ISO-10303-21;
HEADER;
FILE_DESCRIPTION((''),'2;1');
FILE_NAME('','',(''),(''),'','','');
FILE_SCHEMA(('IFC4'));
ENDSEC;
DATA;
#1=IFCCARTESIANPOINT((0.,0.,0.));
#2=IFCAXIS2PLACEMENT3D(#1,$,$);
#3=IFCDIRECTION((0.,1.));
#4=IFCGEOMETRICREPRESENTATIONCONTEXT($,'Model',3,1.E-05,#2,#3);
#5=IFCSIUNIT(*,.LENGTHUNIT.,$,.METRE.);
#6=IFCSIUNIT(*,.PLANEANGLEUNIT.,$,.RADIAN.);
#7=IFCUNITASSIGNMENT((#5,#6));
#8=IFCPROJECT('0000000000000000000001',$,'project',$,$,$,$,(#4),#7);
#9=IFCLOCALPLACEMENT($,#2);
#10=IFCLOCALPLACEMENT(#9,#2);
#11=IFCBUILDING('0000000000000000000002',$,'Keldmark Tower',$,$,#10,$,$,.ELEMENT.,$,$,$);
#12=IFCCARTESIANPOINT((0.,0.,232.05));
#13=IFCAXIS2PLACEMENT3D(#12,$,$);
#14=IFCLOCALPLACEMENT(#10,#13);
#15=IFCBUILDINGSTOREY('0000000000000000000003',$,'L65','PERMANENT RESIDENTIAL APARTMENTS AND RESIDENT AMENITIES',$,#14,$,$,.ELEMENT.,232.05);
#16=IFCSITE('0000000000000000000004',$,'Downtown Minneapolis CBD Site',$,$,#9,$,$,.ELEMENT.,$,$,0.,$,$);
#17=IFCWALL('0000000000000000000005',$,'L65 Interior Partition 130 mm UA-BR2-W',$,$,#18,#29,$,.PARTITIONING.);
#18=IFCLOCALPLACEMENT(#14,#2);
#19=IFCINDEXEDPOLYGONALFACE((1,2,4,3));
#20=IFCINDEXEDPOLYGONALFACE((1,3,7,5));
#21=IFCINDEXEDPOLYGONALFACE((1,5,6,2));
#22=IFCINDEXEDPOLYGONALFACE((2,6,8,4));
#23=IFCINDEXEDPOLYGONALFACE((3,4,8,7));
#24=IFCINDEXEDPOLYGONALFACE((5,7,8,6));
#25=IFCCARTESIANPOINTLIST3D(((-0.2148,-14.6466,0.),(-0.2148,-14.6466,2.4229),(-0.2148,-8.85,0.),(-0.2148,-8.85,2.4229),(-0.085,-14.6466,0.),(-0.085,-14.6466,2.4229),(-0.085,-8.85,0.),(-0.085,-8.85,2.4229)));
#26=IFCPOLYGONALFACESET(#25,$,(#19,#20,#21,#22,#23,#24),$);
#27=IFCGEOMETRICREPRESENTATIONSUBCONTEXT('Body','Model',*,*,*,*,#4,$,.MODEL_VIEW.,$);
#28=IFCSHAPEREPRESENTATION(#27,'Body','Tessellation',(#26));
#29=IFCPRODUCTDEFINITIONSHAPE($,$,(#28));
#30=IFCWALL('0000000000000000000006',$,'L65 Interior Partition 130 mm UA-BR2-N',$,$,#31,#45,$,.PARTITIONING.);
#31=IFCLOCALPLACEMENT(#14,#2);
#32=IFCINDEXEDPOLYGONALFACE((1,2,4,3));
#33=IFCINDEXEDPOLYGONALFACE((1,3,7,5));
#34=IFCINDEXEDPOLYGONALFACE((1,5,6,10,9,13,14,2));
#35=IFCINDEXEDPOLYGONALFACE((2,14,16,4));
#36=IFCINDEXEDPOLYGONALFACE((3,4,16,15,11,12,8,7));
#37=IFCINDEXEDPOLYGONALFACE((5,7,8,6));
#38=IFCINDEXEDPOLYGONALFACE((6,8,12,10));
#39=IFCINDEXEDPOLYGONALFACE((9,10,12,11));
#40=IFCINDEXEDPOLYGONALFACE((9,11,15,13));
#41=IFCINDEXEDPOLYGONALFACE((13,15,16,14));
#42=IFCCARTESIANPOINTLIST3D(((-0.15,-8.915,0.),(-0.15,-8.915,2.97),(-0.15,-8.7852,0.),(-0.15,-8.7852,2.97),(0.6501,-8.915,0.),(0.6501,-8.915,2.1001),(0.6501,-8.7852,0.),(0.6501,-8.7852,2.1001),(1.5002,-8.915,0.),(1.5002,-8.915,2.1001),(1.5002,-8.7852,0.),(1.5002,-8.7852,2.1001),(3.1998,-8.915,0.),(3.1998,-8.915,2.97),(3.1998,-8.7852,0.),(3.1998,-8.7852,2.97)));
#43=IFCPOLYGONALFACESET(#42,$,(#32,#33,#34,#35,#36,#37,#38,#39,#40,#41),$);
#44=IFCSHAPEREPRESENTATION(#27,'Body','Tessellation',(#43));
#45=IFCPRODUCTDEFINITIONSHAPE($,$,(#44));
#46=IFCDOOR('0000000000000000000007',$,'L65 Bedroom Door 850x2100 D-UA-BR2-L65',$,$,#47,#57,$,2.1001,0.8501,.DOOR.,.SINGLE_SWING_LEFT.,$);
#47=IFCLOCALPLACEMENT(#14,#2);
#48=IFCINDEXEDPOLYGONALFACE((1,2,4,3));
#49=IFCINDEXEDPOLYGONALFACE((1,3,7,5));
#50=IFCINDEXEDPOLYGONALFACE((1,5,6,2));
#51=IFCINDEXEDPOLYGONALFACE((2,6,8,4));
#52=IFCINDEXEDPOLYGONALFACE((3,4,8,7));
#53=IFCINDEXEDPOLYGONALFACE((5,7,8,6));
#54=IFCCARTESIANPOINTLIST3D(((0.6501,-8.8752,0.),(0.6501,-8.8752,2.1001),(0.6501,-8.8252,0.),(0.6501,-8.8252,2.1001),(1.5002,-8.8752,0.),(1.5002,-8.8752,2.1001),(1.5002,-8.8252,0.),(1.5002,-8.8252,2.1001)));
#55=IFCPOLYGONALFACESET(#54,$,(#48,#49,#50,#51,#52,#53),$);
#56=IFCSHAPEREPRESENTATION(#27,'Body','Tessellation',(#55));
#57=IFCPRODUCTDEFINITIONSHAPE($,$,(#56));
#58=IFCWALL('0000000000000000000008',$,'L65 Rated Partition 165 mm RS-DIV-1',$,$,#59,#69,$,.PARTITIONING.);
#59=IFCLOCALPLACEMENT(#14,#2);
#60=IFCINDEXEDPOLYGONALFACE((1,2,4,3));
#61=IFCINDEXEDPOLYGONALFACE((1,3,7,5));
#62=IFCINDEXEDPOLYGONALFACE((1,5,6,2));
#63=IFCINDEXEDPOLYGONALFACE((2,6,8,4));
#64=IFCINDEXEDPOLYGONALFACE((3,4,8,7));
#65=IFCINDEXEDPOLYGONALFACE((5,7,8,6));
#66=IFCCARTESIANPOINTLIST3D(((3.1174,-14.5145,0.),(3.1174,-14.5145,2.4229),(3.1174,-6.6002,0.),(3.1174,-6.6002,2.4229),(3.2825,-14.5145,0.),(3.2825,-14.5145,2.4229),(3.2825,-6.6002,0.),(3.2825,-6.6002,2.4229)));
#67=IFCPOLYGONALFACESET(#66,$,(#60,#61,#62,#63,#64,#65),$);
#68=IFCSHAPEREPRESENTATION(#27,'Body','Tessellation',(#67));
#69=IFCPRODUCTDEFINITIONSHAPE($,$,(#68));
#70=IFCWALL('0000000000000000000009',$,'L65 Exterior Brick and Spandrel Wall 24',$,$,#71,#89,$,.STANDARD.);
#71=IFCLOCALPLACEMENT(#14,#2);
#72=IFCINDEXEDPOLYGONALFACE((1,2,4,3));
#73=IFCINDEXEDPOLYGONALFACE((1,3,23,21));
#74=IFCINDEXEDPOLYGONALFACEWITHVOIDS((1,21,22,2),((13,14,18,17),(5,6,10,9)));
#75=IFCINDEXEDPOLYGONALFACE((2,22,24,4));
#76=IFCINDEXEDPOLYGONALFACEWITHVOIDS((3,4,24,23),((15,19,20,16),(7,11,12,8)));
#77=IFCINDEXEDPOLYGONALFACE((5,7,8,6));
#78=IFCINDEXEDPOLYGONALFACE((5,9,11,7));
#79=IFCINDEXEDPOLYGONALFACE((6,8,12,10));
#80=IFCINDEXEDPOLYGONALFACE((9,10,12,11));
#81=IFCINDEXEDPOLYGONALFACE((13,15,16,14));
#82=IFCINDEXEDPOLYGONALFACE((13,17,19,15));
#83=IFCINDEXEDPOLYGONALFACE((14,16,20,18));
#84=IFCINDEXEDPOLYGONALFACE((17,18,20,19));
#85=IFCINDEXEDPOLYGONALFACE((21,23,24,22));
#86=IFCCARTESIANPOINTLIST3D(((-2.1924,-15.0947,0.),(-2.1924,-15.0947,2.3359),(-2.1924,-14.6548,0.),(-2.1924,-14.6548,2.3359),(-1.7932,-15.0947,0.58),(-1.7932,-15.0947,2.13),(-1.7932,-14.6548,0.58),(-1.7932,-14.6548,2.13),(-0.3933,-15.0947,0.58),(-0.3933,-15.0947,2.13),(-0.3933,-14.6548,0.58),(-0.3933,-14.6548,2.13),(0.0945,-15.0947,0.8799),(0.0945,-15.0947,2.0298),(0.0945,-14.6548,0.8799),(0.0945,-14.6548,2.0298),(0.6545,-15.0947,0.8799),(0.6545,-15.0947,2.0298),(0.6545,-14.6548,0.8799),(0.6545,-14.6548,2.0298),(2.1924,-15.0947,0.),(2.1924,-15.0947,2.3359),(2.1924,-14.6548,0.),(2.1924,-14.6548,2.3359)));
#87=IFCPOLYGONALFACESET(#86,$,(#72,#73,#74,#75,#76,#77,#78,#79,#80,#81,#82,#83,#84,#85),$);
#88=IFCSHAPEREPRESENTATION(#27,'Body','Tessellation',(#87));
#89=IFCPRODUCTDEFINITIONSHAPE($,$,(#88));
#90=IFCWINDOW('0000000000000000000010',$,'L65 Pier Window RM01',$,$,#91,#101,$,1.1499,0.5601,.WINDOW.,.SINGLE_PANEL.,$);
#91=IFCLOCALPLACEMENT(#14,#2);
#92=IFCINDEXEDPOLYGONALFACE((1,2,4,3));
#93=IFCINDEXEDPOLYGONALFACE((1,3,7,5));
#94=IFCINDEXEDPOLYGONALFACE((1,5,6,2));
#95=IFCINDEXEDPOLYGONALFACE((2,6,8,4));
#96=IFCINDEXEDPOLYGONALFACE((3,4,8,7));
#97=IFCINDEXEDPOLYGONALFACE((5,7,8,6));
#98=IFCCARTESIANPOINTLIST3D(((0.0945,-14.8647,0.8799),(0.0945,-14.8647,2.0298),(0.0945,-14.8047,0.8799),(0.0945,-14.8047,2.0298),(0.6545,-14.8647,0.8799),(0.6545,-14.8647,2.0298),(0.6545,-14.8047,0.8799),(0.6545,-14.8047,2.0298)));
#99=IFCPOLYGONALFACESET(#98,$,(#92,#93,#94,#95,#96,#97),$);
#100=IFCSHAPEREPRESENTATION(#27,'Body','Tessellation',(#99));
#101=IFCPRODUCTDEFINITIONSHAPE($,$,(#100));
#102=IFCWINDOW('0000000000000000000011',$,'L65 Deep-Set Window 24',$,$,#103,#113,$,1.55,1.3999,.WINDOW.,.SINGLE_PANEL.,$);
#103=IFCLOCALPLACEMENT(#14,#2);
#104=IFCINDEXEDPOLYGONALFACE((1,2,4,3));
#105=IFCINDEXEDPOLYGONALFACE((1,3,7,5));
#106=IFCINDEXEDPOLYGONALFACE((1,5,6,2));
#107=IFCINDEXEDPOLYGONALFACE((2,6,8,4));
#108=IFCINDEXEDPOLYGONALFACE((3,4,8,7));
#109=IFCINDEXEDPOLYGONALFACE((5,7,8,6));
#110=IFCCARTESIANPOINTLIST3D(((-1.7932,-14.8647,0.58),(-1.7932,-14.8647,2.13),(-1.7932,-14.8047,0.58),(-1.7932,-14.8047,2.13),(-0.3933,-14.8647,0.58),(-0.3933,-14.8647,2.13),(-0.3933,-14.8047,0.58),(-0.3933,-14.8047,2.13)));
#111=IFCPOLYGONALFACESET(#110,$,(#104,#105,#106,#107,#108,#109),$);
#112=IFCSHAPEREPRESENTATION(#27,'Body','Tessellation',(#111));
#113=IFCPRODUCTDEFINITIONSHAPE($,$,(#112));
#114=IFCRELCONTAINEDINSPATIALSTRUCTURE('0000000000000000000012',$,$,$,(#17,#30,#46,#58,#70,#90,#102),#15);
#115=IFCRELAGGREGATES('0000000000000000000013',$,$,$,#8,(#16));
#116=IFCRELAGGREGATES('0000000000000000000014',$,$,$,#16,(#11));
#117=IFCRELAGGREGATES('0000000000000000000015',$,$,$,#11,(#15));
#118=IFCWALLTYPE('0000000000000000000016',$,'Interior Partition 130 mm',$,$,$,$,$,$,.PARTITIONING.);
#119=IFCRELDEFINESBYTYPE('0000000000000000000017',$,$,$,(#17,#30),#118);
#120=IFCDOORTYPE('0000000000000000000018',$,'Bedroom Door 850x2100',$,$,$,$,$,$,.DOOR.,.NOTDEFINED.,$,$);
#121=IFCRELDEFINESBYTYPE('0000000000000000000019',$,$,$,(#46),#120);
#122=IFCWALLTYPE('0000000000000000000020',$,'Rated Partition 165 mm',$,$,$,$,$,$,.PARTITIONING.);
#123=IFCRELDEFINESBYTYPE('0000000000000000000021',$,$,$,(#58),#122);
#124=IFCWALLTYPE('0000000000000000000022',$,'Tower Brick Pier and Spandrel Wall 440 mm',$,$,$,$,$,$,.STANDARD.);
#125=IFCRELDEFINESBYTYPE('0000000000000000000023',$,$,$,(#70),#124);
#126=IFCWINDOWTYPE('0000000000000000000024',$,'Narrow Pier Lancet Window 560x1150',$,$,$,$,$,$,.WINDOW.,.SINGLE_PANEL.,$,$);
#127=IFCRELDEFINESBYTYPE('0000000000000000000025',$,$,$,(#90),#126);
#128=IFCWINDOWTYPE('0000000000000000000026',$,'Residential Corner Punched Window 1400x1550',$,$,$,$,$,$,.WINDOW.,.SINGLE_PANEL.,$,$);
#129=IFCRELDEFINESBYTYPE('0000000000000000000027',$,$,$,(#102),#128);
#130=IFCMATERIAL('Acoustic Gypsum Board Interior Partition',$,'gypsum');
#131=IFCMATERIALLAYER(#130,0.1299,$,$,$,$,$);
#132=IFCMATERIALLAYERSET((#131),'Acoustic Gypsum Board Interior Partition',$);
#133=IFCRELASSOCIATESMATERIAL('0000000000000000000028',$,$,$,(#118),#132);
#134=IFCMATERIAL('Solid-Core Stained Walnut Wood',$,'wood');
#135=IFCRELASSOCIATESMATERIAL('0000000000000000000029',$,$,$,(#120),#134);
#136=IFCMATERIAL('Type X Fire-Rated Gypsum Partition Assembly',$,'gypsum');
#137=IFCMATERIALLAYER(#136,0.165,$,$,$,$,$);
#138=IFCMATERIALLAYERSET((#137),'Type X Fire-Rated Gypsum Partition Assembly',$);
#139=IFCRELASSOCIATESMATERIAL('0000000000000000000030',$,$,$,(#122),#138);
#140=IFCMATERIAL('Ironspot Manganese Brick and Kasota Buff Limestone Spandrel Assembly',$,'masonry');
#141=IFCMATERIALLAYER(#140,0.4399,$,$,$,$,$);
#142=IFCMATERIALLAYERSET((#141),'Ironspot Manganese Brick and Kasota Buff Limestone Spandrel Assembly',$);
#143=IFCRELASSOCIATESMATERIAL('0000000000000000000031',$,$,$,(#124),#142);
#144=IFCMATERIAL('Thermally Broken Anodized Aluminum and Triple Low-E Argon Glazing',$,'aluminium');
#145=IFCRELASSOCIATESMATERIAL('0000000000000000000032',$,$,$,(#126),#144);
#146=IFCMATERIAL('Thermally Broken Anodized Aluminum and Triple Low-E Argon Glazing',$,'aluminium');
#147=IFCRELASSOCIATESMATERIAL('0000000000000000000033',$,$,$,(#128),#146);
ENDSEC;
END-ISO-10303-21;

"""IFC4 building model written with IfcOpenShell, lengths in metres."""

from ifc_helpers import new_model, si_unit, direction, frame, frame_2d, origin, place, context, subcontext, project, spatial, rectangle, extrude, material, layer, layer_set, type_object, element, fill, save


model = new_model("IFC4")

# Units and contexts
model_context = context("Model", 3, precision=1e-05, world=origin(), true_north=direction((0.0, 1.0)))
body_context = subcontext(model_context, "Body", "Model", "MODEL_VIEW")
ifc_project = project(units=[si_unit("LENGTHUNIT", "METRE"), si_unit("PLANEANGLEUNIT", "RADIAN")], contexts=[model_context])

# Site, building, storey
site_placement = place(None, origin())
site = spatial("IfcSite", under=ifc_project, at=site_placement, Name="Downtown Minneapolis CBD Site", CompositionType="ELEMENT", RefElevation=0.0)
building_placement = place(site_placement, origin())
building = spatial("IfcBuilding", under=site, at=building_placement, Name="Keldmark Tower", CompositionType="ELEMENT")
storey_placement = place(building_placement, frame((0.0, 0.0, 232.05)))
storey = spatial("IfcBuildingStorey", under=building, at=storey_placement, Name="L65", Description="PERMANENT RESIDENTIAL APARTMENTS AND RESIDENT AMENITIES", CompositionType="ELEMENT", Elevation=232.05)

# Wall
ifc_material_1 = material(Name="Acoustic Gypsum Board Interior Partition", Category="gypsum")
ifc_layer_1 = layer(ifc_material_1, 0.1299)
ifc_layer_set_1 = layer_set([ifc_layer_1], Name="Acoustic Gypsum Board Interior Partition")
wall_type_1 = type_object("IfcWallType", Name="Interior Partition 130 mm", PredefinedType="PARTITIONING", material=ifc_layer_set_1)
wall_1_placement = place(storey_placement, frame((-0.1499, -14.6467, 0.0), z_axis=(0.0, 0.0, 1.0), x_axis=(0.0, 1.0, 0.0)))
element("IfcWall", 1, at=wall_1_placement, inside=storey, type_object=wall_type_1, Name="L65 Interior Partition 130 mm UA-BR2-W", PredefinedType="PARTITIONING", context=body_context, shape_type="SweptSolid", body=[
    extrude(rectangle(XDim=5.7966, YDim=0.1299, at=frame_2d((2.8984, 0.0))), origin(), (0.0, 0.0, 1.0), 2.4229),
])

# Wall, opening, door
wall_2_placement = place(storey_placement, frame((-0.1499, -8.8501, 0.0), z_axis=(0.0, 0.0, 1.0), x_axis=(1.0, 0.0, 0.0)))
wall_2 = element("IfcWall", 2, at=wall_2_placement, inside=storey, type_object=wall_type_1, Name="L65 Interior Partition 130 mm UA-BR2-N", PredefinedType="PARTITIONING", context=body_context, shape_type="SweptSolid", body=[
    extrude(rectangle(XDim=3.3499, YDim=0.1299, at=frame_2d((1.6748, 0.0))), origin(), (0.0, 0.0, 1.0), 2.97),
])
opening_1_placement = place(wall_2_placement, frame((0.8, 0.0, 0.0)))
opening_1 = element("IfcOpeningElement", 3, at=opening_1_placement, cuts=wall_2, PredefinedType="OPENING", context=body_context, shape_type="SweptSolid", body=[
    extrude(rectangle(XDim=0.8501, YDim=2.1001, at=frame_2d((0.425, 1.05))), frame((0.0, 0.075, 0.0), z_axis=(0.0, -1.0, 0.0), x_axis=(1.0, 0.0, 0.0)), (0.0, 0.0, 1.0), 0.1499),
])
ifc_material_2 = material(Name="Solid-Core Stained Walnut Wood", Category="wood")
door_type = type_object("IfcDoorType", Name="Bedroom Door 850x2100", OperationType="NOTDEFINED", PredefinedType="DOOR", material=ifc_material_2)
door_placement = place(opening_1_placement, origin())
door = element("IfcDoor", 4, at=door_placement, inside=storey, type_object=door_type, Name="L65 Bedroom Door 850x2100 D-UA-BR2-L65", OperationType="SINGLE_SWING_LEFT", OverallHeight=2.1001, OverallWidth=0.8501, PredefinedType="DOOR", context=body_context, shape_type="SweptSolid", body=[
    extrude(rectangle(XDim=0.8501, YDim=2.1001, at=frame_2d((0.425, 1.05))), frame((0.0, 0.0249, 0.0), z_axis=(0.0, -1.0, 0.0), x_axis=(1.0, 0.0, 0.0)), (0.0, 0.0, 1.0), 0.05),
])
fill(opening_1, door)

# Wall
ifc_material_3 = material(Name="Type X Fire-Rated Gypsum Partition Assembly", Category="gypsum")
ifc_layer_2 = layer(ifc_material_3, 0.165)
ifc_layer_set_2 = layer_set([ifc_layer_2], Name="Type X Fire-Rated Gypsum Partition Assembly")
wall_type_2 = type_object("IfcWallType", Name="Rated Partition 165 mm", PredefinedType="PARTITIONING", material=ifc_layer_set_2)
wall_3_placement = place(storey_placement, frame((3.2, -14.5144, 0.0), z_axis=(0.0, 0.0, 1.0), x_axis=(0.0, 1.0, 0.0)))
element("IfcWall", 5, at=wall_3_placement, inside=storey, type_object=wall_type_2, Name="L65 Rated Partition 165 mm RS-DIV-1", PredefinedType="PARTITIONING", context=body_context, shape_type="SweptSolid", body=[
    extrude(rectangle(XDim=7.9143, YDim=0.165, at=frame_2d((3.957, 0.0))), origin(), (0.0, 0.0, 1.0), 2.4229),
])

# Wall, openings, windows
ifc_material_4 = material(Name="Ironspot Manganese Brick and Kasota Buff Limestone Spandrel Assembly", Category="masonry")
ifc_layer_3 = layer(ifc_material_4, 0.4399)
ifc_layer_set_3 = layer_set([ifc_layer_3], Name="Ironspot Manganese Brick and Kasota Buff Limestone Spandrel Assembly")
wall_type_3 = type_object("IfcWallType", Name="Tower Brick Pier and Spandrel Wall 440 mm", PredefinedType="STANDARD", material=ifc_layer_set_3)
wall_4_placement = place(storey_placement, frame((2.1924, -14.8748, 0.0), z_axis=(0.0, 0.0, 1.0), x_axis=(-1.0, 0.0, 0.0)))
wall_4 = element("IfcWall", 6, at=wall_4_placement, inside=storey, type_object=wall_type_3, Name="L65 Exterior Brick and Spandrel Wall 24", PredefinedType="STANDARD", context=body_context, shape_type="SweptSolid", body=[
    extrude(rectangle(XDim=4.3848, YDim=0.4399, at=frame_2d((2.1924, 0.0))), origin(), (0.0, 0.0, 1.0), 2.3359),
])
opening_2_placement = place(wall_4_placement, frame((2.5857, 0.0, 0.5801)))
opening_2 = element("IfcOpeningElement", 7, at=opening_2_placement, cuts=wall_4, PredefinedType="OPENING", context=body_context, shape_type="SweptSolid", body=[
    extrude(rectangle(XDim=1.3999, YDim=1.55, at=frame_2d((0.7, 0.7749))), frame((0.0, 0.23, 0.0), z_axis=(0.0, -1.0, 0.0), x_axis=(1.0, 0.0, 0.0)), (0.0, 0.0, 1.0), 0.46),
])
opening_3_placement = place(wall_4_placement, frame((1.5378, 0.0, 0.8799)))
opening_3 = element("IfcOpeningElement", 8, at=opening_3_placement, cuts=wall_4, PredefinedType="OPENING", context=body_context, shape_type="SweptSolid", body=[
    extrude(rectangle(XDim=0.5601, YDim=1.1499, at=frame_2d((0.28, 0.575))), frame((0.0, 0.23, 0.0), z_axis=(0.0, -1.0, 0.0), x_axis=(1.0, 0.0, 0.0)), (0.0, 0.0, 1.0), 0.46),
])
ifc_material_5 = material(Name="Thermally Broken Anodized Aluminum and Triple Low-E Argon Glazing", Category="aluminium")
window_type_1 = type_object("IfcWindowType", Name="Narrow Pier Lancet Window 560x1150", PartitioningType="SINGLE_PANEL", PredefinedType="WINDOW", material=ifc_material_5)
window_1_placement = place(opening_3_placement, origin())
window_1 = element("IfcWindow", 9, at=window_1_placement, inside=storey, type_object=window_type_1, Name="L65 Pier Window RM01", OverallHeight=1.1499, OverallWidth=0.5601, PartitioningType="SINGLE_PANEL", PredefinedType="WINDOW", context=body_context, shape_type="SweptSolid", body=[
    extrude(rectangle(XDim=0.5601, YDim=1.1499, at=frame_2d((0.28, 0.575))), frame((0.0, -0.01, 0.0), z_axis=(0.0, -1.0, 0.0), x_axis=(1.0, 0.0, 0.0)), (0.0, 0.0, 1.0), 0.0601),
])
fill(opening_3, window_1)
ifc_material_6 = material(Name="Thermally Broken Anodized Aluminum and Triple Low-E Argon Glazing", Category="aluminium")
window_type_2 = type_object("IfcWindowType", Name="Residential Corner Punched Window 1400x1550", PartitioningType="SINGLE_PANEL", PredefinedType="WINDOW", material=ifc_material_6)
window_2_placement = place(opening_2_placement, origin())
window_2 = element("IfcWindow", 10, at=window_2_placement, inside=storey, type_object=window_type_2, Name="L65 Deep-Set Window 24", OverallHeight=1.55, OverallWidth=1.3999, PartitioningType="SINGLE_PANEL", PredefinedType="WINDOW", context=body_context, shape_type="SweptSolid", body=[
    extrude(rectangle(XDim=1.3999, YDim=1.55, at=frame_2d((0.7, 0.7749))), frame((0.0, -0.01, 0.0), z_axis=(0.0, -1.0, 0.0), x_axis=(1.0, 0.0, 0.0)), (0.0, 0.0, 1.0), 0.0601),
])
fill(opening_2, window_2)

save(model, "model.ifc")
